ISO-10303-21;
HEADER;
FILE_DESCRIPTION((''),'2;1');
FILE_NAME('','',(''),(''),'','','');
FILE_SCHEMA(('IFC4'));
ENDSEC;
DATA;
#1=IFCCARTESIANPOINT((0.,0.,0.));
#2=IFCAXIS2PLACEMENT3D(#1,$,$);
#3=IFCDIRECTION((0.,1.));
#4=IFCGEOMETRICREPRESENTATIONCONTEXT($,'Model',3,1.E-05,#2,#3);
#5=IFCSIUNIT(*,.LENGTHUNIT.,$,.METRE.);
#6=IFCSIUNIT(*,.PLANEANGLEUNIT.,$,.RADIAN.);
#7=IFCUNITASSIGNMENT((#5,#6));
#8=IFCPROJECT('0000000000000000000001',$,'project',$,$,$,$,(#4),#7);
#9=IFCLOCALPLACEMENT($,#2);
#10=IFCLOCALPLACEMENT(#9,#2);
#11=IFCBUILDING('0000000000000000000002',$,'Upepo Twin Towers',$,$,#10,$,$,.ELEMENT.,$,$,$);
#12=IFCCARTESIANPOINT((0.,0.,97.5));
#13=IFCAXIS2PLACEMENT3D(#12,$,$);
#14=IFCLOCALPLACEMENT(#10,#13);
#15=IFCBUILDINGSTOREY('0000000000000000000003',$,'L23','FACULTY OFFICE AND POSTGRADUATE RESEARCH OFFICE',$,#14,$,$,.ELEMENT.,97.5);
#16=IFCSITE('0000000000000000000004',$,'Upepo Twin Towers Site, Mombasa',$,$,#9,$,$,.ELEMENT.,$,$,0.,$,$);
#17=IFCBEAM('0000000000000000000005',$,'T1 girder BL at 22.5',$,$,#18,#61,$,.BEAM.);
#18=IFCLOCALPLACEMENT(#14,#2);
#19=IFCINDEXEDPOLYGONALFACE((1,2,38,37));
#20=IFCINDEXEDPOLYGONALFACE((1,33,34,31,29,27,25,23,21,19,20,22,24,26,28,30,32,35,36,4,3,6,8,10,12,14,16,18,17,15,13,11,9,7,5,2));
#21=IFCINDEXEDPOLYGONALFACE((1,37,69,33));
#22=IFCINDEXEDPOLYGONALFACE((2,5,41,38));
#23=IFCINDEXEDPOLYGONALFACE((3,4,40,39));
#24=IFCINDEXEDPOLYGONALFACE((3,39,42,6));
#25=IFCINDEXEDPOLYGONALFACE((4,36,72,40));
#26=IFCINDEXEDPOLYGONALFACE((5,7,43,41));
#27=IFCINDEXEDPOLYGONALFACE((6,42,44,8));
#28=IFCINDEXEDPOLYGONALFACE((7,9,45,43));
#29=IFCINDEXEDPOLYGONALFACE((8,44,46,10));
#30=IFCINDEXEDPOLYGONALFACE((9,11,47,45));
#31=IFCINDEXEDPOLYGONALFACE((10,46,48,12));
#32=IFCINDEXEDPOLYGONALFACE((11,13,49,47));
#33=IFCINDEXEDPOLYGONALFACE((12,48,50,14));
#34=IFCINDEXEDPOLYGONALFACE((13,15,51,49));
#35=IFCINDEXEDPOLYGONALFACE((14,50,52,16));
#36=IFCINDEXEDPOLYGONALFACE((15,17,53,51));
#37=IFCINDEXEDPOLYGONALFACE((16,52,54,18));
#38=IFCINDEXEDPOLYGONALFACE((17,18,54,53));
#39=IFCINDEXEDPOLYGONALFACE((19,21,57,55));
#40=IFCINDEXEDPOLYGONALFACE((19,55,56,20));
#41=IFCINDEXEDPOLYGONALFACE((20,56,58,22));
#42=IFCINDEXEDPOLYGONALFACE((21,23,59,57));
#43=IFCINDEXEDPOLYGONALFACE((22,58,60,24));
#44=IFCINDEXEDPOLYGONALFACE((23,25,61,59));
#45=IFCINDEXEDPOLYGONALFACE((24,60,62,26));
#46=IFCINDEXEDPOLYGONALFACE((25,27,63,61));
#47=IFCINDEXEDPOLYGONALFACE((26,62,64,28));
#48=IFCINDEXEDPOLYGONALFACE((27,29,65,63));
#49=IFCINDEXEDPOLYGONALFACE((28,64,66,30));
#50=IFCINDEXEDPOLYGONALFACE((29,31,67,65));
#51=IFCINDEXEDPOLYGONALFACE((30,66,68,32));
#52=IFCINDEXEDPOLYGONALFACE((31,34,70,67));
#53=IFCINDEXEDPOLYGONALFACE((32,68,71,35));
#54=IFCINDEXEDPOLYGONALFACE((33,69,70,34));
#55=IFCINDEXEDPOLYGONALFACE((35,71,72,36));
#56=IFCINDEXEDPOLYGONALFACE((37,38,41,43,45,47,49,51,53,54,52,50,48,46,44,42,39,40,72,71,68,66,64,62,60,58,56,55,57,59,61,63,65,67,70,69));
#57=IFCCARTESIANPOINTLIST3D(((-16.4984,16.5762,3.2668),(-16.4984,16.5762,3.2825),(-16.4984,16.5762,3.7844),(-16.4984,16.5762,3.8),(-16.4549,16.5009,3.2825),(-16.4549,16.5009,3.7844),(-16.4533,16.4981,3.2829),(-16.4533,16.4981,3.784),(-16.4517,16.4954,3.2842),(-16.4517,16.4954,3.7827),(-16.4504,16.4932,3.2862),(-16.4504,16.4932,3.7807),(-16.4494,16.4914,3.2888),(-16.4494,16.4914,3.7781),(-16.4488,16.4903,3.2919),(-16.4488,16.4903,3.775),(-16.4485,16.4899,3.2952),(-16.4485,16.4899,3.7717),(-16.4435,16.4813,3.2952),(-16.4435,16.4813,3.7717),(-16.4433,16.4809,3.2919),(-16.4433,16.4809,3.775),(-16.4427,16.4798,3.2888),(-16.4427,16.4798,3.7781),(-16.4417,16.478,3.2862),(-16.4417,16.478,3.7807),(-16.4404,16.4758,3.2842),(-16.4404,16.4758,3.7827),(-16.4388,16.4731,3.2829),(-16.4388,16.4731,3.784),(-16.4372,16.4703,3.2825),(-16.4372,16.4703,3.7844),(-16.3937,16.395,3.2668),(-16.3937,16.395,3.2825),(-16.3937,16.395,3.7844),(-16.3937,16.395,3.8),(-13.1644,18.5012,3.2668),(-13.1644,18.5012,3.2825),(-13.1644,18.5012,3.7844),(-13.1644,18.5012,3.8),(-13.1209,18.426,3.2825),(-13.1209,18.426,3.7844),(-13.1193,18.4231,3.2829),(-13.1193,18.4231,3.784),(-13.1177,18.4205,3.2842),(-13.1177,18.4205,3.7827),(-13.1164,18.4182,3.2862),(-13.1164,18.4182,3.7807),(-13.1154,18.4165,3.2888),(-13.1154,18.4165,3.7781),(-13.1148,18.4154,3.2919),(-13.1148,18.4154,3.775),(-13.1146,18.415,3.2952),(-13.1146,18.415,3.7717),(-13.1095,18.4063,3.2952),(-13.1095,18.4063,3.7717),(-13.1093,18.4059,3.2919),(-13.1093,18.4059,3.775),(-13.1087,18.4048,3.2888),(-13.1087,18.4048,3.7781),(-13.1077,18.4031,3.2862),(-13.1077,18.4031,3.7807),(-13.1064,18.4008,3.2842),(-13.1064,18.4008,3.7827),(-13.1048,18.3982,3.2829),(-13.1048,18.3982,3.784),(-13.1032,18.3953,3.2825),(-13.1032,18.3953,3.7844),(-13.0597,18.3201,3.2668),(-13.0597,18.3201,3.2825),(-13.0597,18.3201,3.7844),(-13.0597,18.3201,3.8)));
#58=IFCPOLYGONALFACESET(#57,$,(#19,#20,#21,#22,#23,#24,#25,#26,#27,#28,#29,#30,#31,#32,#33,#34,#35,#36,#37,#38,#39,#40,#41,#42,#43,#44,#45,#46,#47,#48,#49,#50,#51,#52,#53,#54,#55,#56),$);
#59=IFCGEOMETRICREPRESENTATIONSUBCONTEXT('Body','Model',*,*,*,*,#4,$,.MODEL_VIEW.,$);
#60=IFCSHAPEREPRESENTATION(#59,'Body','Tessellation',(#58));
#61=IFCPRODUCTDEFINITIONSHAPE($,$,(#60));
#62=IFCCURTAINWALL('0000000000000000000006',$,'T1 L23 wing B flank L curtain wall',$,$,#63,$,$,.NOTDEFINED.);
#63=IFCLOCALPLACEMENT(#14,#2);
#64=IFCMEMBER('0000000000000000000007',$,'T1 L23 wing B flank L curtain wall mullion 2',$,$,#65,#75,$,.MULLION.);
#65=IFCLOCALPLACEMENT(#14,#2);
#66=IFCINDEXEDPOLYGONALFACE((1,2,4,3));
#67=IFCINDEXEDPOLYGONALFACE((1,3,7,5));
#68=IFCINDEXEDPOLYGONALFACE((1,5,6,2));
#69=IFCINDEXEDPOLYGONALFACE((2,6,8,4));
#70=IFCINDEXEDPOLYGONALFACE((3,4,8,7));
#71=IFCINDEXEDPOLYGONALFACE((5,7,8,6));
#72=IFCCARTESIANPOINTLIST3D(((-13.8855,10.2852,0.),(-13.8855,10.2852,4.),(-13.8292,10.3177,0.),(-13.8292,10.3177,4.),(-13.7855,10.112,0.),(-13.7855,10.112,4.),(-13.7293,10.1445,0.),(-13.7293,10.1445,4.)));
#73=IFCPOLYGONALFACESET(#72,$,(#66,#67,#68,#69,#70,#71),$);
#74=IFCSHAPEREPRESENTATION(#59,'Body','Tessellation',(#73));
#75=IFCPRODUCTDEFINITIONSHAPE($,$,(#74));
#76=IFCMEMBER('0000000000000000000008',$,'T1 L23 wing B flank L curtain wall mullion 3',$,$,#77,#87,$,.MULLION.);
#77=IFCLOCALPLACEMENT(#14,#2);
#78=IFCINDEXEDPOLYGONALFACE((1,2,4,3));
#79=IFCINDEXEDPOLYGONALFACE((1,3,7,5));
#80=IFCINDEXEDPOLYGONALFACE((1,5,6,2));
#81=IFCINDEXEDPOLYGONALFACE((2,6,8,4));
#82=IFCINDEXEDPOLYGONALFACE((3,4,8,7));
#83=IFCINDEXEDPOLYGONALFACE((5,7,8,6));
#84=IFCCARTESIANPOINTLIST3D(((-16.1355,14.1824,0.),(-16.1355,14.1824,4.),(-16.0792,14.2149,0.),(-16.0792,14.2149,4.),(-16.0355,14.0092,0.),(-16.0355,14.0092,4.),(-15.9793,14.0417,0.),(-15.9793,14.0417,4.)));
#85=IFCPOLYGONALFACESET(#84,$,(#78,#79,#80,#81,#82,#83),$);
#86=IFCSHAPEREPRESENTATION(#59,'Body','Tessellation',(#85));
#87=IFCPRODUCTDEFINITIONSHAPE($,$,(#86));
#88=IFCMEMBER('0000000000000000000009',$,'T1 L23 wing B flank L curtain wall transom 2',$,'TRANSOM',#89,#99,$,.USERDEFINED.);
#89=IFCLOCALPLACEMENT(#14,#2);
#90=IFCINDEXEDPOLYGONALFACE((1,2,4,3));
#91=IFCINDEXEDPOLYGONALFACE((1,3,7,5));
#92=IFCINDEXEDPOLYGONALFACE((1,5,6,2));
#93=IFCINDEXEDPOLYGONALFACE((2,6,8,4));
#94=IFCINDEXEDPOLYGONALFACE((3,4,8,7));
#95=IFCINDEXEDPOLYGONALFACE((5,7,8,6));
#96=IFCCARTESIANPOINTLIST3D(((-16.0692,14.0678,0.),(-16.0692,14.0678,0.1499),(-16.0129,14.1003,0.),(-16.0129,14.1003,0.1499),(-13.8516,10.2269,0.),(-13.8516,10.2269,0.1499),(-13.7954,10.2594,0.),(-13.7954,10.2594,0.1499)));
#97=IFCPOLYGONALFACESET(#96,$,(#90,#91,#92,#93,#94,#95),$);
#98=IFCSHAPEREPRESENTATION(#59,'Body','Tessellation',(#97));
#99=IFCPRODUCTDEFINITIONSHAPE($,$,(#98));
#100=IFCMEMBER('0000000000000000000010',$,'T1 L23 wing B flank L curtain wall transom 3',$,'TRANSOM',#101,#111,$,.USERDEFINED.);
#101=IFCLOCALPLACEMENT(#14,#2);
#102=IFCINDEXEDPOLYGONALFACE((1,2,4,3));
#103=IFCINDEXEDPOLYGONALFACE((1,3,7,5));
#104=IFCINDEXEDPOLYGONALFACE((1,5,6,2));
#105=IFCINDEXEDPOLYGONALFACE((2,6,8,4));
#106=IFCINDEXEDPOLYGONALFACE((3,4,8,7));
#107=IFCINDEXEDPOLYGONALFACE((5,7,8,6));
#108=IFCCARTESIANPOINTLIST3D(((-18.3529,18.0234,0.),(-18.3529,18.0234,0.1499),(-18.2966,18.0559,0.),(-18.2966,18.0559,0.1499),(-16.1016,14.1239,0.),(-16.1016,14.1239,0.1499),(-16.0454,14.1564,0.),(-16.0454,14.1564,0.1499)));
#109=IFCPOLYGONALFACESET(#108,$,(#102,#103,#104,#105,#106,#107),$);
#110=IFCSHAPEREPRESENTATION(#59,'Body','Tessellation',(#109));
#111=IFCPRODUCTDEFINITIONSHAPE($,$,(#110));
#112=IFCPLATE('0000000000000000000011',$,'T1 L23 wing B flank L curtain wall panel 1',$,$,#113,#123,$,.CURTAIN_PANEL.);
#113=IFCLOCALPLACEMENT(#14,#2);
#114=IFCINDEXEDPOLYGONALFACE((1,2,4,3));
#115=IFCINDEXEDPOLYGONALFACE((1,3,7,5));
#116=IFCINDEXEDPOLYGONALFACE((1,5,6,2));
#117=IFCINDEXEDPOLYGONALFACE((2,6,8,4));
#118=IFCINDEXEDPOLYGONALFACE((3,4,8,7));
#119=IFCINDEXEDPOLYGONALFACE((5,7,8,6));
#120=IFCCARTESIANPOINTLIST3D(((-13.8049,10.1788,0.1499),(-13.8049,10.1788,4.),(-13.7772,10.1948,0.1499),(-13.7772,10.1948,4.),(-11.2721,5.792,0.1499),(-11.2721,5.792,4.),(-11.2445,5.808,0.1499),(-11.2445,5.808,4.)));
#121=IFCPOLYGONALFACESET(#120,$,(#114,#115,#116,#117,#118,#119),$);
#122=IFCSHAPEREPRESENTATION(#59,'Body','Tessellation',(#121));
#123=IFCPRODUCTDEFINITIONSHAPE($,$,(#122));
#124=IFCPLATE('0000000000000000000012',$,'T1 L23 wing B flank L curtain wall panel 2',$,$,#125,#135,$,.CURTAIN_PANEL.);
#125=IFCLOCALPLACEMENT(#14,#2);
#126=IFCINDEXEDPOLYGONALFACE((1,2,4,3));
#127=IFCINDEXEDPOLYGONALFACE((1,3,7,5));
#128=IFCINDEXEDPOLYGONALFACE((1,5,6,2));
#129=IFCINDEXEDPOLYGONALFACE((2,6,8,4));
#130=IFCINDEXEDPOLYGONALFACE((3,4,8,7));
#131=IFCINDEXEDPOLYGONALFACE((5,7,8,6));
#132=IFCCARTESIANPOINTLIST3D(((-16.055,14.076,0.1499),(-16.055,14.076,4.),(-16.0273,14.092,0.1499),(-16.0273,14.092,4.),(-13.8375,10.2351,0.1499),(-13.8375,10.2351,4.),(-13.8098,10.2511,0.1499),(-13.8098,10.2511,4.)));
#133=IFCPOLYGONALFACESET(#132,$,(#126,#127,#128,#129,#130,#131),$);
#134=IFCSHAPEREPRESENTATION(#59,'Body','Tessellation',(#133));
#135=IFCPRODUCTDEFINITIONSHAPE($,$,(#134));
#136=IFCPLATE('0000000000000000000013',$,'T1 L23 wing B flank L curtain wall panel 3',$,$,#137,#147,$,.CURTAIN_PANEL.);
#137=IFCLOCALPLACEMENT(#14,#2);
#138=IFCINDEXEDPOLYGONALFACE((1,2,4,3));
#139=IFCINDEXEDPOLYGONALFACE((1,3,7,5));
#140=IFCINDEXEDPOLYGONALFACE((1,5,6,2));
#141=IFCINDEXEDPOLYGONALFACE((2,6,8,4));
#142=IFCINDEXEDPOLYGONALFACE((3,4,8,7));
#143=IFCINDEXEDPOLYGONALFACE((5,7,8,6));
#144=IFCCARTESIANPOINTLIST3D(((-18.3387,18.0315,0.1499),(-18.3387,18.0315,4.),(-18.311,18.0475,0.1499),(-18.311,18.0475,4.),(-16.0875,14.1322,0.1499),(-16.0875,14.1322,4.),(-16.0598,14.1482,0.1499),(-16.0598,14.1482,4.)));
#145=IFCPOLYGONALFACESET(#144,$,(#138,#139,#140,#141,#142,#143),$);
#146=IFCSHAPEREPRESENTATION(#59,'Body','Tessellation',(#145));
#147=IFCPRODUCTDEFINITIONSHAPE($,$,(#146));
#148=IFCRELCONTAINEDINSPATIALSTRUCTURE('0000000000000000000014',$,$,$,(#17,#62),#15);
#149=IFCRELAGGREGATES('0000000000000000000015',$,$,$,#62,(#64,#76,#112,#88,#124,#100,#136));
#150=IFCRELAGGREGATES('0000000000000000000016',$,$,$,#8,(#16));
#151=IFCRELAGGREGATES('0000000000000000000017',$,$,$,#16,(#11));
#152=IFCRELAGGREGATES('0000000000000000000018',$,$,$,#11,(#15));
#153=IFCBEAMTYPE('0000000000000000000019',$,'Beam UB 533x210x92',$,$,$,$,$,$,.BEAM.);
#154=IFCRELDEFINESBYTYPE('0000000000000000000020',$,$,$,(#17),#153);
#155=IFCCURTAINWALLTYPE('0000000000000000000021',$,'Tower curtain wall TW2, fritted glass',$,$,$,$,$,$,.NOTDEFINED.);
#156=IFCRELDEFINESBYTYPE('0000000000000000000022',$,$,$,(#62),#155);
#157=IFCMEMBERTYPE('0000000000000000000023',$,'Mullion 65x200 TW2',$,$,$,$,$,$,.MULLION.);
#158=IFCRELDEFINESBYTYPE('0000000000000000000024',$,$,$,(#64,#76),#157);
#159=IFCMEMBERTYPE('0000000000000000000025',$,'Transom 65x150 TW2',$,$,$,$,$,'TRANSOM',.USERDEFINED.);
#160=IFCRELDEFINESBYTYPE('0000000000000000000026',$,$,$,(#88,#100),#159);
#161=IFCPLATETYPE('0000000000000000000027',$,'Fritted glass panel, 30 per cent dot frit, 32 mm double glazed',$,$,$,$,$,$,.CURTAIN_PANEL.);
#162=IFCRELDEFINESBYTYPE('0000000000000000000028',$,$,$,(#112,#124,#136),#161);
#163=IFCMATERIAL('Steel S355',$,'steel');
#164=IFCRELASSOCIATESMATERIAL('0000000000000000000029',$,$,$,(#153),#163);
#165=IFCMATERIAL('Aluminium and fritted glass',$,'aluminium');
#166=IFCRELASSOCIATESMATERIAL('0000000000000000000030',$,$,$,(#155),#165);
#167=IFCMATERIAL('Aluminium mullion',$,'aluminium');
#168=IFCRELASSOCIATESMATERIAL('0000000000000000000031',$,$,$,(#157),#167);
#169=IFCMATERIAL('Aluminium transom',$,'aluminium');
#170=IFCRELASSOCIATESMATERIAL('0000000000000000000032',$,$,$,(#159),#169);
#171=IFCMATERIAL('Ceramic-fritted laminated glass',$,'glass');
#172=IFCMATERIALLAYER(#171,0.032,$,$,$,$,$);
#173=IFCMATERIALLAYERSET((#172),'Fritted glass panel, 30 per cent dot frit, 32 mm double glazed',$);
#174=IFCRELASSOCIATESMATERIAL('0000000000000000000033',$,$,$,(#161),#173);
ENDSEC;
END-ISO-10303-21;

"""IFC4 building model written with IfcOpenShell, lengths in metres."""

from ifc_helpers import new_model, si_unit, direction, frame, origin, origin_2d, place, context, subcontext, project, spatial, rectangle, i_section, extrude, material, layer, layer_set, material_profile, profile_set, type_object, element, aggregate, save


model = new_model("IFC4")

# Units and contexts
model_context = context("Model", 3, precision=1e-05, world=origin(), true_north=direction((0.0, 1.0)))
body_context = subcontext(model_context, "Body", "Model", "MODEL_VIEW")
ifc_project = project(units=[si_unit("LENGTHUNIT", "METRE"), si_unit("PLANEANGLEUNIT", "RADIAN")], contexts=[model_context])

# Site, building, storey
site_placement = place(None, origin())
site = spatial("IfcSite", under=ifc_project, at=site_placement, Name="Upepo Twin Towers Site, Mombasa", CompositionType="ELEMENT", RefElevation=0.0)
building_placement = place(site_placement, origin())
building = spatial("IfcBuilding", under=site, at=building_placement, Name="Upepo Twin Towers", CompositionType="ELEMENT")
storey_placement = place(building_placement, frame((0.0, 0.0, 97.5)))
storey = spatial("IfcBuildingStorey", under=building, at=storey_placement, Name="L23", Description="FACULTY OFFICE AND POSTGRADUATE RESEARCH OFFICE", CompositionType="ELEMENT", Elevation=97.5)

# Beam
ifc_material_1 = material(Name="Steel S355", Category="steel")
ifc_material_profile_1 = material_profile(ifc_material_1, i_section(OverallWidth=0.2092, OverallDepth=0.5332, WebThickness=0.01, FlangeThickness=0.0156, FilletRadius=0.0127, at=origin_2d()), Name="UB 533x210x92")
ifc_profile_set_1 = profile_set([ifc_material_profile_1], Name="Steel S355")
beam_type_1 = type_object("IfcBeamType", Name="Beam UB 533x210x92", PredefinedType="BEAM", material=ifc_profile_set_1)
for number, where, z_axis, x_axis, name in (
    (1, (-16.446, 16.4856, 3.5334), (0.866006, 0.500034, 0.0), (-0.500034, 0.866006, 0.0), "T1 girder BL at 22.5"),
):
    element("IfcBeam", number, at=place(storey_placement, frame(where, z_axis=z_axis, x_axis=x_axis)), inside=storey, type_object=beam_type_1, Name=name, PredefinedType="BEAM", context=body_context, shape_type="SweptSolid", body=[
        extrude(i_section(OverallWidth=0.2092, OverallDepth=0.5332, WebThickness=0.01, FlangeThickness=0.0156, FilletRadius=0.0127, at=origin_2d()), origin(), (0.0, 0.0, 1.0), 3.8499),
    ])

# Curtain wall, members, plates
ifc_material_2 = material(Name="Aluminium and fritted glass", Category="aluminium")
curtain_wall_type = type_object("IfcCurtainWallType", Name="Tower curtain wall TW2, fritted glass", PredefinedType="NOTDEFINED", material=ifc_material_2)
curtain_wall_placement = place(storey_placement, origin())
curtain_wall = element("IfcCurtainWall", 2, at=curtain_wall_placement, inside=storey, type_object=curtain_wall_type, Name="T1 L23 wing B flank L curtain wall", PredefinedType="NOTDEFINED")
ifc_material_3 = material(Name="Aluminium mullion", Category="aluminium")
ifc_material_profile_2 = material_profile(ifc_material_3, rectangle(XDim=0.0649, YDim=0.2, at=origin_2d()), Name="MULLION 65x200")
ifc_profile_set_2 = profile_set([ifc_material_profile_2], Name="Aluminium mullion")
member_type_1 = type_object("IfcMemberType", Name="Mullion 65x200 TW2", PredefinedType="MULLION", material=ifc_profile_set_2)
member_1_placement = place(storey_placement, frame((-13.8074, 10.2148, 0.0), z_axis=(0.0, 0.0, 1.0), x_axis=(-0.866025, -0.5, 0.0)))
member_1 = element("IfcMember", 3, at=member_1_placement, type_object=member_type_1, Name="T1 L23 wing B flank L curtain wall mullion 2", PredefinedType="MULLION", context=body_context, shape_type="SweptSolid", body=[
    extrude(rectangle(XDim=0.0649, YDim=0.2, at=origin_2d()), origin(), (0.0, 0.0, 1.0), 4.0),
])
member_2_placement = place(storey_placement, frame((-16.0574, 14.1121, 0.0), z_axis=(0.0, 0.0, 1.0), x_axis=(-0.866025, -0.5, 0.0)))
member_2 = element("IfcMember", 4, at=member_2_placement, type_object=member_type_1, Name="T1 L23 wing B flank L curtain wall mullion 3", PredefinedType="MULLION", context=body_context, shape_type="SweptSolid", body=[
    extrude(rectangle(XDim=0.0649, YDim=0.2, at=origin_2d()), origin(), (0.0, 0.0, 1.0), 4.0),
])
ifc_material_4 = material(Name="Aluminium transom", Category="aluminium")
ifc_material_profile_3 = material_profile(ifc_material_4, rectangle(XDim=0.0649, YDim=0.1499, at=origin_2d()), Name="TRANSOM 65x150")
ifc_profile_set_3 = profile_set([ifc_material_profile_3], Name="Aluminium transom")
member_type_2 = type_object("IfcMemberType", Name="Transom 65x150 TW2", ElementType="TRANSOM", PredefinedType="USERDEFINED", material=ifc_profile_set_3)
member_3_placement = place(storey_placement, frame((-13.8235, 10.2432, 0.075), z_axis=(-0.500005, 0.866022, 0.0), x_axis=(-0.866022, -0.500005, 0.0)))
member_3 = element("IfcMember", 5, at=member_3_placement, type_object=member_type_2, Name="T1 L23 wing B flank L curtain wall transom 2", ObjectType="TRANSOM", PredefinedType="USERDEFINED", context=body_context, shape_type="SweptSolid", body=[
    extrude(rectangle(XDim=0.0649, YDim=0.1499, at=origin_2d()), origin(), (0.0, 0.0, 1.0), 4.4351),
])
member_4_placement = place(storey_placement, frame((-16.0735, 14.1401, 0.075), z_axis=(-0.499982, 0.866036, 0.0), x_axis=(-0.866036, -0.499982, 0.0)))
member_4 = element("IfcMember", 6, at=member_4_placement, type_object=member_type_2, Name="T1 L23 wing B flank L curtain wall transom 3", ObjectType="TRANSOM", PredefinedType="USERDEFINED", context=body_context, shape_type="SweptSolid", body=[
    extrude(rectangle(XDim=0.0649, YDim=0.1499, at=origin_2d()), origin(), (0.0, 0.0, 1.0), 4.5027),
])
ifc_material_5 = material(Name="Ceramic-fritted laminated glass", Category="glass")
ifc_layer = layer(ifc_material_5, 0.032)
ifc_layer_set = layer_set([ifc_layer], Name="Fritted glass panel, 30 per cent dot frit, 32 mm double glazed")
plate_type = type_object("IfcPlateType", Name="Fritted glass panel, 30 per cent dot frit, 32 mm double glazed", PredefinedType="CURTAIN_PANEL", material=ifc_layer_set)
plate_1_placement = place(storey_placement, frame((-12.5247, 7.9934, 0.1499), z_axis=(0.0, 0.0, 1.0), x_axis=(-0.5, 0.866025, 0.0)))
plate_1 = element("IfcPlate", 7, at=plate_1_placement, type_object=plate_type, Name="T1 L23 wing B flank L curtain wall panel 1", PredefinedType="CURTAIN_PANEL", context=body_context, shape_type="SweptSolid", body=[
    extrude(rectangle(XDim=5.0654, YDim=0.032, at=origin_2d()), origin(), (0.0, 0.0, 1.0), 3.8501),
])
plate_2_placement = place(storey_placement, frame((-14.9324, 12.1636, 0.1499), z_axis=(0.0, 0.0, 1.0), x_axis=(-0.5, 0.866025, 0.0)))
plate_2 = element("IfcPlate", 8, at=plate_2_placement, type_object=plate_type, Name="T1 L23 wing B flank L curtain wall panel 2", PredefinedType="CURTAIN_PANEL", context=body_context, shape_type="SweptSolid", body=[
    extrude(rectangle(XDim=4.4351, YDim=0.032, at=origin_2d()), origin(), (0.0, 0.0, 1.0), 3.8501),
])
plate_3_placement = place(storey_placement, frame((-17.1992, 16.0898, 0.1499), z_axis=(0.0, 0.0, 1.0), x_axis=(-0.5, 0.866025, 0.0)))
plate_3 = element("IfcPlate", 9, at=plate_3_placement, type_object=plate_type, Name="T1 L23 wing B flank L curtain wall panel 3", PredefinedType="CURTAIN_PANEL", context=body_context, shape_type="SweptSolid", body=[
    extrude(rectangle(XDim=4.5024, YDim=0.032, at=origin_2d()), origin(), (0.0, 0.0, 1.0), 3.8501),
])
aggregate(curtain_wall, [member_1, member_2, plate_1, member_3, plate_2, member_4, plate_3])

save(model, "model.ifc")
